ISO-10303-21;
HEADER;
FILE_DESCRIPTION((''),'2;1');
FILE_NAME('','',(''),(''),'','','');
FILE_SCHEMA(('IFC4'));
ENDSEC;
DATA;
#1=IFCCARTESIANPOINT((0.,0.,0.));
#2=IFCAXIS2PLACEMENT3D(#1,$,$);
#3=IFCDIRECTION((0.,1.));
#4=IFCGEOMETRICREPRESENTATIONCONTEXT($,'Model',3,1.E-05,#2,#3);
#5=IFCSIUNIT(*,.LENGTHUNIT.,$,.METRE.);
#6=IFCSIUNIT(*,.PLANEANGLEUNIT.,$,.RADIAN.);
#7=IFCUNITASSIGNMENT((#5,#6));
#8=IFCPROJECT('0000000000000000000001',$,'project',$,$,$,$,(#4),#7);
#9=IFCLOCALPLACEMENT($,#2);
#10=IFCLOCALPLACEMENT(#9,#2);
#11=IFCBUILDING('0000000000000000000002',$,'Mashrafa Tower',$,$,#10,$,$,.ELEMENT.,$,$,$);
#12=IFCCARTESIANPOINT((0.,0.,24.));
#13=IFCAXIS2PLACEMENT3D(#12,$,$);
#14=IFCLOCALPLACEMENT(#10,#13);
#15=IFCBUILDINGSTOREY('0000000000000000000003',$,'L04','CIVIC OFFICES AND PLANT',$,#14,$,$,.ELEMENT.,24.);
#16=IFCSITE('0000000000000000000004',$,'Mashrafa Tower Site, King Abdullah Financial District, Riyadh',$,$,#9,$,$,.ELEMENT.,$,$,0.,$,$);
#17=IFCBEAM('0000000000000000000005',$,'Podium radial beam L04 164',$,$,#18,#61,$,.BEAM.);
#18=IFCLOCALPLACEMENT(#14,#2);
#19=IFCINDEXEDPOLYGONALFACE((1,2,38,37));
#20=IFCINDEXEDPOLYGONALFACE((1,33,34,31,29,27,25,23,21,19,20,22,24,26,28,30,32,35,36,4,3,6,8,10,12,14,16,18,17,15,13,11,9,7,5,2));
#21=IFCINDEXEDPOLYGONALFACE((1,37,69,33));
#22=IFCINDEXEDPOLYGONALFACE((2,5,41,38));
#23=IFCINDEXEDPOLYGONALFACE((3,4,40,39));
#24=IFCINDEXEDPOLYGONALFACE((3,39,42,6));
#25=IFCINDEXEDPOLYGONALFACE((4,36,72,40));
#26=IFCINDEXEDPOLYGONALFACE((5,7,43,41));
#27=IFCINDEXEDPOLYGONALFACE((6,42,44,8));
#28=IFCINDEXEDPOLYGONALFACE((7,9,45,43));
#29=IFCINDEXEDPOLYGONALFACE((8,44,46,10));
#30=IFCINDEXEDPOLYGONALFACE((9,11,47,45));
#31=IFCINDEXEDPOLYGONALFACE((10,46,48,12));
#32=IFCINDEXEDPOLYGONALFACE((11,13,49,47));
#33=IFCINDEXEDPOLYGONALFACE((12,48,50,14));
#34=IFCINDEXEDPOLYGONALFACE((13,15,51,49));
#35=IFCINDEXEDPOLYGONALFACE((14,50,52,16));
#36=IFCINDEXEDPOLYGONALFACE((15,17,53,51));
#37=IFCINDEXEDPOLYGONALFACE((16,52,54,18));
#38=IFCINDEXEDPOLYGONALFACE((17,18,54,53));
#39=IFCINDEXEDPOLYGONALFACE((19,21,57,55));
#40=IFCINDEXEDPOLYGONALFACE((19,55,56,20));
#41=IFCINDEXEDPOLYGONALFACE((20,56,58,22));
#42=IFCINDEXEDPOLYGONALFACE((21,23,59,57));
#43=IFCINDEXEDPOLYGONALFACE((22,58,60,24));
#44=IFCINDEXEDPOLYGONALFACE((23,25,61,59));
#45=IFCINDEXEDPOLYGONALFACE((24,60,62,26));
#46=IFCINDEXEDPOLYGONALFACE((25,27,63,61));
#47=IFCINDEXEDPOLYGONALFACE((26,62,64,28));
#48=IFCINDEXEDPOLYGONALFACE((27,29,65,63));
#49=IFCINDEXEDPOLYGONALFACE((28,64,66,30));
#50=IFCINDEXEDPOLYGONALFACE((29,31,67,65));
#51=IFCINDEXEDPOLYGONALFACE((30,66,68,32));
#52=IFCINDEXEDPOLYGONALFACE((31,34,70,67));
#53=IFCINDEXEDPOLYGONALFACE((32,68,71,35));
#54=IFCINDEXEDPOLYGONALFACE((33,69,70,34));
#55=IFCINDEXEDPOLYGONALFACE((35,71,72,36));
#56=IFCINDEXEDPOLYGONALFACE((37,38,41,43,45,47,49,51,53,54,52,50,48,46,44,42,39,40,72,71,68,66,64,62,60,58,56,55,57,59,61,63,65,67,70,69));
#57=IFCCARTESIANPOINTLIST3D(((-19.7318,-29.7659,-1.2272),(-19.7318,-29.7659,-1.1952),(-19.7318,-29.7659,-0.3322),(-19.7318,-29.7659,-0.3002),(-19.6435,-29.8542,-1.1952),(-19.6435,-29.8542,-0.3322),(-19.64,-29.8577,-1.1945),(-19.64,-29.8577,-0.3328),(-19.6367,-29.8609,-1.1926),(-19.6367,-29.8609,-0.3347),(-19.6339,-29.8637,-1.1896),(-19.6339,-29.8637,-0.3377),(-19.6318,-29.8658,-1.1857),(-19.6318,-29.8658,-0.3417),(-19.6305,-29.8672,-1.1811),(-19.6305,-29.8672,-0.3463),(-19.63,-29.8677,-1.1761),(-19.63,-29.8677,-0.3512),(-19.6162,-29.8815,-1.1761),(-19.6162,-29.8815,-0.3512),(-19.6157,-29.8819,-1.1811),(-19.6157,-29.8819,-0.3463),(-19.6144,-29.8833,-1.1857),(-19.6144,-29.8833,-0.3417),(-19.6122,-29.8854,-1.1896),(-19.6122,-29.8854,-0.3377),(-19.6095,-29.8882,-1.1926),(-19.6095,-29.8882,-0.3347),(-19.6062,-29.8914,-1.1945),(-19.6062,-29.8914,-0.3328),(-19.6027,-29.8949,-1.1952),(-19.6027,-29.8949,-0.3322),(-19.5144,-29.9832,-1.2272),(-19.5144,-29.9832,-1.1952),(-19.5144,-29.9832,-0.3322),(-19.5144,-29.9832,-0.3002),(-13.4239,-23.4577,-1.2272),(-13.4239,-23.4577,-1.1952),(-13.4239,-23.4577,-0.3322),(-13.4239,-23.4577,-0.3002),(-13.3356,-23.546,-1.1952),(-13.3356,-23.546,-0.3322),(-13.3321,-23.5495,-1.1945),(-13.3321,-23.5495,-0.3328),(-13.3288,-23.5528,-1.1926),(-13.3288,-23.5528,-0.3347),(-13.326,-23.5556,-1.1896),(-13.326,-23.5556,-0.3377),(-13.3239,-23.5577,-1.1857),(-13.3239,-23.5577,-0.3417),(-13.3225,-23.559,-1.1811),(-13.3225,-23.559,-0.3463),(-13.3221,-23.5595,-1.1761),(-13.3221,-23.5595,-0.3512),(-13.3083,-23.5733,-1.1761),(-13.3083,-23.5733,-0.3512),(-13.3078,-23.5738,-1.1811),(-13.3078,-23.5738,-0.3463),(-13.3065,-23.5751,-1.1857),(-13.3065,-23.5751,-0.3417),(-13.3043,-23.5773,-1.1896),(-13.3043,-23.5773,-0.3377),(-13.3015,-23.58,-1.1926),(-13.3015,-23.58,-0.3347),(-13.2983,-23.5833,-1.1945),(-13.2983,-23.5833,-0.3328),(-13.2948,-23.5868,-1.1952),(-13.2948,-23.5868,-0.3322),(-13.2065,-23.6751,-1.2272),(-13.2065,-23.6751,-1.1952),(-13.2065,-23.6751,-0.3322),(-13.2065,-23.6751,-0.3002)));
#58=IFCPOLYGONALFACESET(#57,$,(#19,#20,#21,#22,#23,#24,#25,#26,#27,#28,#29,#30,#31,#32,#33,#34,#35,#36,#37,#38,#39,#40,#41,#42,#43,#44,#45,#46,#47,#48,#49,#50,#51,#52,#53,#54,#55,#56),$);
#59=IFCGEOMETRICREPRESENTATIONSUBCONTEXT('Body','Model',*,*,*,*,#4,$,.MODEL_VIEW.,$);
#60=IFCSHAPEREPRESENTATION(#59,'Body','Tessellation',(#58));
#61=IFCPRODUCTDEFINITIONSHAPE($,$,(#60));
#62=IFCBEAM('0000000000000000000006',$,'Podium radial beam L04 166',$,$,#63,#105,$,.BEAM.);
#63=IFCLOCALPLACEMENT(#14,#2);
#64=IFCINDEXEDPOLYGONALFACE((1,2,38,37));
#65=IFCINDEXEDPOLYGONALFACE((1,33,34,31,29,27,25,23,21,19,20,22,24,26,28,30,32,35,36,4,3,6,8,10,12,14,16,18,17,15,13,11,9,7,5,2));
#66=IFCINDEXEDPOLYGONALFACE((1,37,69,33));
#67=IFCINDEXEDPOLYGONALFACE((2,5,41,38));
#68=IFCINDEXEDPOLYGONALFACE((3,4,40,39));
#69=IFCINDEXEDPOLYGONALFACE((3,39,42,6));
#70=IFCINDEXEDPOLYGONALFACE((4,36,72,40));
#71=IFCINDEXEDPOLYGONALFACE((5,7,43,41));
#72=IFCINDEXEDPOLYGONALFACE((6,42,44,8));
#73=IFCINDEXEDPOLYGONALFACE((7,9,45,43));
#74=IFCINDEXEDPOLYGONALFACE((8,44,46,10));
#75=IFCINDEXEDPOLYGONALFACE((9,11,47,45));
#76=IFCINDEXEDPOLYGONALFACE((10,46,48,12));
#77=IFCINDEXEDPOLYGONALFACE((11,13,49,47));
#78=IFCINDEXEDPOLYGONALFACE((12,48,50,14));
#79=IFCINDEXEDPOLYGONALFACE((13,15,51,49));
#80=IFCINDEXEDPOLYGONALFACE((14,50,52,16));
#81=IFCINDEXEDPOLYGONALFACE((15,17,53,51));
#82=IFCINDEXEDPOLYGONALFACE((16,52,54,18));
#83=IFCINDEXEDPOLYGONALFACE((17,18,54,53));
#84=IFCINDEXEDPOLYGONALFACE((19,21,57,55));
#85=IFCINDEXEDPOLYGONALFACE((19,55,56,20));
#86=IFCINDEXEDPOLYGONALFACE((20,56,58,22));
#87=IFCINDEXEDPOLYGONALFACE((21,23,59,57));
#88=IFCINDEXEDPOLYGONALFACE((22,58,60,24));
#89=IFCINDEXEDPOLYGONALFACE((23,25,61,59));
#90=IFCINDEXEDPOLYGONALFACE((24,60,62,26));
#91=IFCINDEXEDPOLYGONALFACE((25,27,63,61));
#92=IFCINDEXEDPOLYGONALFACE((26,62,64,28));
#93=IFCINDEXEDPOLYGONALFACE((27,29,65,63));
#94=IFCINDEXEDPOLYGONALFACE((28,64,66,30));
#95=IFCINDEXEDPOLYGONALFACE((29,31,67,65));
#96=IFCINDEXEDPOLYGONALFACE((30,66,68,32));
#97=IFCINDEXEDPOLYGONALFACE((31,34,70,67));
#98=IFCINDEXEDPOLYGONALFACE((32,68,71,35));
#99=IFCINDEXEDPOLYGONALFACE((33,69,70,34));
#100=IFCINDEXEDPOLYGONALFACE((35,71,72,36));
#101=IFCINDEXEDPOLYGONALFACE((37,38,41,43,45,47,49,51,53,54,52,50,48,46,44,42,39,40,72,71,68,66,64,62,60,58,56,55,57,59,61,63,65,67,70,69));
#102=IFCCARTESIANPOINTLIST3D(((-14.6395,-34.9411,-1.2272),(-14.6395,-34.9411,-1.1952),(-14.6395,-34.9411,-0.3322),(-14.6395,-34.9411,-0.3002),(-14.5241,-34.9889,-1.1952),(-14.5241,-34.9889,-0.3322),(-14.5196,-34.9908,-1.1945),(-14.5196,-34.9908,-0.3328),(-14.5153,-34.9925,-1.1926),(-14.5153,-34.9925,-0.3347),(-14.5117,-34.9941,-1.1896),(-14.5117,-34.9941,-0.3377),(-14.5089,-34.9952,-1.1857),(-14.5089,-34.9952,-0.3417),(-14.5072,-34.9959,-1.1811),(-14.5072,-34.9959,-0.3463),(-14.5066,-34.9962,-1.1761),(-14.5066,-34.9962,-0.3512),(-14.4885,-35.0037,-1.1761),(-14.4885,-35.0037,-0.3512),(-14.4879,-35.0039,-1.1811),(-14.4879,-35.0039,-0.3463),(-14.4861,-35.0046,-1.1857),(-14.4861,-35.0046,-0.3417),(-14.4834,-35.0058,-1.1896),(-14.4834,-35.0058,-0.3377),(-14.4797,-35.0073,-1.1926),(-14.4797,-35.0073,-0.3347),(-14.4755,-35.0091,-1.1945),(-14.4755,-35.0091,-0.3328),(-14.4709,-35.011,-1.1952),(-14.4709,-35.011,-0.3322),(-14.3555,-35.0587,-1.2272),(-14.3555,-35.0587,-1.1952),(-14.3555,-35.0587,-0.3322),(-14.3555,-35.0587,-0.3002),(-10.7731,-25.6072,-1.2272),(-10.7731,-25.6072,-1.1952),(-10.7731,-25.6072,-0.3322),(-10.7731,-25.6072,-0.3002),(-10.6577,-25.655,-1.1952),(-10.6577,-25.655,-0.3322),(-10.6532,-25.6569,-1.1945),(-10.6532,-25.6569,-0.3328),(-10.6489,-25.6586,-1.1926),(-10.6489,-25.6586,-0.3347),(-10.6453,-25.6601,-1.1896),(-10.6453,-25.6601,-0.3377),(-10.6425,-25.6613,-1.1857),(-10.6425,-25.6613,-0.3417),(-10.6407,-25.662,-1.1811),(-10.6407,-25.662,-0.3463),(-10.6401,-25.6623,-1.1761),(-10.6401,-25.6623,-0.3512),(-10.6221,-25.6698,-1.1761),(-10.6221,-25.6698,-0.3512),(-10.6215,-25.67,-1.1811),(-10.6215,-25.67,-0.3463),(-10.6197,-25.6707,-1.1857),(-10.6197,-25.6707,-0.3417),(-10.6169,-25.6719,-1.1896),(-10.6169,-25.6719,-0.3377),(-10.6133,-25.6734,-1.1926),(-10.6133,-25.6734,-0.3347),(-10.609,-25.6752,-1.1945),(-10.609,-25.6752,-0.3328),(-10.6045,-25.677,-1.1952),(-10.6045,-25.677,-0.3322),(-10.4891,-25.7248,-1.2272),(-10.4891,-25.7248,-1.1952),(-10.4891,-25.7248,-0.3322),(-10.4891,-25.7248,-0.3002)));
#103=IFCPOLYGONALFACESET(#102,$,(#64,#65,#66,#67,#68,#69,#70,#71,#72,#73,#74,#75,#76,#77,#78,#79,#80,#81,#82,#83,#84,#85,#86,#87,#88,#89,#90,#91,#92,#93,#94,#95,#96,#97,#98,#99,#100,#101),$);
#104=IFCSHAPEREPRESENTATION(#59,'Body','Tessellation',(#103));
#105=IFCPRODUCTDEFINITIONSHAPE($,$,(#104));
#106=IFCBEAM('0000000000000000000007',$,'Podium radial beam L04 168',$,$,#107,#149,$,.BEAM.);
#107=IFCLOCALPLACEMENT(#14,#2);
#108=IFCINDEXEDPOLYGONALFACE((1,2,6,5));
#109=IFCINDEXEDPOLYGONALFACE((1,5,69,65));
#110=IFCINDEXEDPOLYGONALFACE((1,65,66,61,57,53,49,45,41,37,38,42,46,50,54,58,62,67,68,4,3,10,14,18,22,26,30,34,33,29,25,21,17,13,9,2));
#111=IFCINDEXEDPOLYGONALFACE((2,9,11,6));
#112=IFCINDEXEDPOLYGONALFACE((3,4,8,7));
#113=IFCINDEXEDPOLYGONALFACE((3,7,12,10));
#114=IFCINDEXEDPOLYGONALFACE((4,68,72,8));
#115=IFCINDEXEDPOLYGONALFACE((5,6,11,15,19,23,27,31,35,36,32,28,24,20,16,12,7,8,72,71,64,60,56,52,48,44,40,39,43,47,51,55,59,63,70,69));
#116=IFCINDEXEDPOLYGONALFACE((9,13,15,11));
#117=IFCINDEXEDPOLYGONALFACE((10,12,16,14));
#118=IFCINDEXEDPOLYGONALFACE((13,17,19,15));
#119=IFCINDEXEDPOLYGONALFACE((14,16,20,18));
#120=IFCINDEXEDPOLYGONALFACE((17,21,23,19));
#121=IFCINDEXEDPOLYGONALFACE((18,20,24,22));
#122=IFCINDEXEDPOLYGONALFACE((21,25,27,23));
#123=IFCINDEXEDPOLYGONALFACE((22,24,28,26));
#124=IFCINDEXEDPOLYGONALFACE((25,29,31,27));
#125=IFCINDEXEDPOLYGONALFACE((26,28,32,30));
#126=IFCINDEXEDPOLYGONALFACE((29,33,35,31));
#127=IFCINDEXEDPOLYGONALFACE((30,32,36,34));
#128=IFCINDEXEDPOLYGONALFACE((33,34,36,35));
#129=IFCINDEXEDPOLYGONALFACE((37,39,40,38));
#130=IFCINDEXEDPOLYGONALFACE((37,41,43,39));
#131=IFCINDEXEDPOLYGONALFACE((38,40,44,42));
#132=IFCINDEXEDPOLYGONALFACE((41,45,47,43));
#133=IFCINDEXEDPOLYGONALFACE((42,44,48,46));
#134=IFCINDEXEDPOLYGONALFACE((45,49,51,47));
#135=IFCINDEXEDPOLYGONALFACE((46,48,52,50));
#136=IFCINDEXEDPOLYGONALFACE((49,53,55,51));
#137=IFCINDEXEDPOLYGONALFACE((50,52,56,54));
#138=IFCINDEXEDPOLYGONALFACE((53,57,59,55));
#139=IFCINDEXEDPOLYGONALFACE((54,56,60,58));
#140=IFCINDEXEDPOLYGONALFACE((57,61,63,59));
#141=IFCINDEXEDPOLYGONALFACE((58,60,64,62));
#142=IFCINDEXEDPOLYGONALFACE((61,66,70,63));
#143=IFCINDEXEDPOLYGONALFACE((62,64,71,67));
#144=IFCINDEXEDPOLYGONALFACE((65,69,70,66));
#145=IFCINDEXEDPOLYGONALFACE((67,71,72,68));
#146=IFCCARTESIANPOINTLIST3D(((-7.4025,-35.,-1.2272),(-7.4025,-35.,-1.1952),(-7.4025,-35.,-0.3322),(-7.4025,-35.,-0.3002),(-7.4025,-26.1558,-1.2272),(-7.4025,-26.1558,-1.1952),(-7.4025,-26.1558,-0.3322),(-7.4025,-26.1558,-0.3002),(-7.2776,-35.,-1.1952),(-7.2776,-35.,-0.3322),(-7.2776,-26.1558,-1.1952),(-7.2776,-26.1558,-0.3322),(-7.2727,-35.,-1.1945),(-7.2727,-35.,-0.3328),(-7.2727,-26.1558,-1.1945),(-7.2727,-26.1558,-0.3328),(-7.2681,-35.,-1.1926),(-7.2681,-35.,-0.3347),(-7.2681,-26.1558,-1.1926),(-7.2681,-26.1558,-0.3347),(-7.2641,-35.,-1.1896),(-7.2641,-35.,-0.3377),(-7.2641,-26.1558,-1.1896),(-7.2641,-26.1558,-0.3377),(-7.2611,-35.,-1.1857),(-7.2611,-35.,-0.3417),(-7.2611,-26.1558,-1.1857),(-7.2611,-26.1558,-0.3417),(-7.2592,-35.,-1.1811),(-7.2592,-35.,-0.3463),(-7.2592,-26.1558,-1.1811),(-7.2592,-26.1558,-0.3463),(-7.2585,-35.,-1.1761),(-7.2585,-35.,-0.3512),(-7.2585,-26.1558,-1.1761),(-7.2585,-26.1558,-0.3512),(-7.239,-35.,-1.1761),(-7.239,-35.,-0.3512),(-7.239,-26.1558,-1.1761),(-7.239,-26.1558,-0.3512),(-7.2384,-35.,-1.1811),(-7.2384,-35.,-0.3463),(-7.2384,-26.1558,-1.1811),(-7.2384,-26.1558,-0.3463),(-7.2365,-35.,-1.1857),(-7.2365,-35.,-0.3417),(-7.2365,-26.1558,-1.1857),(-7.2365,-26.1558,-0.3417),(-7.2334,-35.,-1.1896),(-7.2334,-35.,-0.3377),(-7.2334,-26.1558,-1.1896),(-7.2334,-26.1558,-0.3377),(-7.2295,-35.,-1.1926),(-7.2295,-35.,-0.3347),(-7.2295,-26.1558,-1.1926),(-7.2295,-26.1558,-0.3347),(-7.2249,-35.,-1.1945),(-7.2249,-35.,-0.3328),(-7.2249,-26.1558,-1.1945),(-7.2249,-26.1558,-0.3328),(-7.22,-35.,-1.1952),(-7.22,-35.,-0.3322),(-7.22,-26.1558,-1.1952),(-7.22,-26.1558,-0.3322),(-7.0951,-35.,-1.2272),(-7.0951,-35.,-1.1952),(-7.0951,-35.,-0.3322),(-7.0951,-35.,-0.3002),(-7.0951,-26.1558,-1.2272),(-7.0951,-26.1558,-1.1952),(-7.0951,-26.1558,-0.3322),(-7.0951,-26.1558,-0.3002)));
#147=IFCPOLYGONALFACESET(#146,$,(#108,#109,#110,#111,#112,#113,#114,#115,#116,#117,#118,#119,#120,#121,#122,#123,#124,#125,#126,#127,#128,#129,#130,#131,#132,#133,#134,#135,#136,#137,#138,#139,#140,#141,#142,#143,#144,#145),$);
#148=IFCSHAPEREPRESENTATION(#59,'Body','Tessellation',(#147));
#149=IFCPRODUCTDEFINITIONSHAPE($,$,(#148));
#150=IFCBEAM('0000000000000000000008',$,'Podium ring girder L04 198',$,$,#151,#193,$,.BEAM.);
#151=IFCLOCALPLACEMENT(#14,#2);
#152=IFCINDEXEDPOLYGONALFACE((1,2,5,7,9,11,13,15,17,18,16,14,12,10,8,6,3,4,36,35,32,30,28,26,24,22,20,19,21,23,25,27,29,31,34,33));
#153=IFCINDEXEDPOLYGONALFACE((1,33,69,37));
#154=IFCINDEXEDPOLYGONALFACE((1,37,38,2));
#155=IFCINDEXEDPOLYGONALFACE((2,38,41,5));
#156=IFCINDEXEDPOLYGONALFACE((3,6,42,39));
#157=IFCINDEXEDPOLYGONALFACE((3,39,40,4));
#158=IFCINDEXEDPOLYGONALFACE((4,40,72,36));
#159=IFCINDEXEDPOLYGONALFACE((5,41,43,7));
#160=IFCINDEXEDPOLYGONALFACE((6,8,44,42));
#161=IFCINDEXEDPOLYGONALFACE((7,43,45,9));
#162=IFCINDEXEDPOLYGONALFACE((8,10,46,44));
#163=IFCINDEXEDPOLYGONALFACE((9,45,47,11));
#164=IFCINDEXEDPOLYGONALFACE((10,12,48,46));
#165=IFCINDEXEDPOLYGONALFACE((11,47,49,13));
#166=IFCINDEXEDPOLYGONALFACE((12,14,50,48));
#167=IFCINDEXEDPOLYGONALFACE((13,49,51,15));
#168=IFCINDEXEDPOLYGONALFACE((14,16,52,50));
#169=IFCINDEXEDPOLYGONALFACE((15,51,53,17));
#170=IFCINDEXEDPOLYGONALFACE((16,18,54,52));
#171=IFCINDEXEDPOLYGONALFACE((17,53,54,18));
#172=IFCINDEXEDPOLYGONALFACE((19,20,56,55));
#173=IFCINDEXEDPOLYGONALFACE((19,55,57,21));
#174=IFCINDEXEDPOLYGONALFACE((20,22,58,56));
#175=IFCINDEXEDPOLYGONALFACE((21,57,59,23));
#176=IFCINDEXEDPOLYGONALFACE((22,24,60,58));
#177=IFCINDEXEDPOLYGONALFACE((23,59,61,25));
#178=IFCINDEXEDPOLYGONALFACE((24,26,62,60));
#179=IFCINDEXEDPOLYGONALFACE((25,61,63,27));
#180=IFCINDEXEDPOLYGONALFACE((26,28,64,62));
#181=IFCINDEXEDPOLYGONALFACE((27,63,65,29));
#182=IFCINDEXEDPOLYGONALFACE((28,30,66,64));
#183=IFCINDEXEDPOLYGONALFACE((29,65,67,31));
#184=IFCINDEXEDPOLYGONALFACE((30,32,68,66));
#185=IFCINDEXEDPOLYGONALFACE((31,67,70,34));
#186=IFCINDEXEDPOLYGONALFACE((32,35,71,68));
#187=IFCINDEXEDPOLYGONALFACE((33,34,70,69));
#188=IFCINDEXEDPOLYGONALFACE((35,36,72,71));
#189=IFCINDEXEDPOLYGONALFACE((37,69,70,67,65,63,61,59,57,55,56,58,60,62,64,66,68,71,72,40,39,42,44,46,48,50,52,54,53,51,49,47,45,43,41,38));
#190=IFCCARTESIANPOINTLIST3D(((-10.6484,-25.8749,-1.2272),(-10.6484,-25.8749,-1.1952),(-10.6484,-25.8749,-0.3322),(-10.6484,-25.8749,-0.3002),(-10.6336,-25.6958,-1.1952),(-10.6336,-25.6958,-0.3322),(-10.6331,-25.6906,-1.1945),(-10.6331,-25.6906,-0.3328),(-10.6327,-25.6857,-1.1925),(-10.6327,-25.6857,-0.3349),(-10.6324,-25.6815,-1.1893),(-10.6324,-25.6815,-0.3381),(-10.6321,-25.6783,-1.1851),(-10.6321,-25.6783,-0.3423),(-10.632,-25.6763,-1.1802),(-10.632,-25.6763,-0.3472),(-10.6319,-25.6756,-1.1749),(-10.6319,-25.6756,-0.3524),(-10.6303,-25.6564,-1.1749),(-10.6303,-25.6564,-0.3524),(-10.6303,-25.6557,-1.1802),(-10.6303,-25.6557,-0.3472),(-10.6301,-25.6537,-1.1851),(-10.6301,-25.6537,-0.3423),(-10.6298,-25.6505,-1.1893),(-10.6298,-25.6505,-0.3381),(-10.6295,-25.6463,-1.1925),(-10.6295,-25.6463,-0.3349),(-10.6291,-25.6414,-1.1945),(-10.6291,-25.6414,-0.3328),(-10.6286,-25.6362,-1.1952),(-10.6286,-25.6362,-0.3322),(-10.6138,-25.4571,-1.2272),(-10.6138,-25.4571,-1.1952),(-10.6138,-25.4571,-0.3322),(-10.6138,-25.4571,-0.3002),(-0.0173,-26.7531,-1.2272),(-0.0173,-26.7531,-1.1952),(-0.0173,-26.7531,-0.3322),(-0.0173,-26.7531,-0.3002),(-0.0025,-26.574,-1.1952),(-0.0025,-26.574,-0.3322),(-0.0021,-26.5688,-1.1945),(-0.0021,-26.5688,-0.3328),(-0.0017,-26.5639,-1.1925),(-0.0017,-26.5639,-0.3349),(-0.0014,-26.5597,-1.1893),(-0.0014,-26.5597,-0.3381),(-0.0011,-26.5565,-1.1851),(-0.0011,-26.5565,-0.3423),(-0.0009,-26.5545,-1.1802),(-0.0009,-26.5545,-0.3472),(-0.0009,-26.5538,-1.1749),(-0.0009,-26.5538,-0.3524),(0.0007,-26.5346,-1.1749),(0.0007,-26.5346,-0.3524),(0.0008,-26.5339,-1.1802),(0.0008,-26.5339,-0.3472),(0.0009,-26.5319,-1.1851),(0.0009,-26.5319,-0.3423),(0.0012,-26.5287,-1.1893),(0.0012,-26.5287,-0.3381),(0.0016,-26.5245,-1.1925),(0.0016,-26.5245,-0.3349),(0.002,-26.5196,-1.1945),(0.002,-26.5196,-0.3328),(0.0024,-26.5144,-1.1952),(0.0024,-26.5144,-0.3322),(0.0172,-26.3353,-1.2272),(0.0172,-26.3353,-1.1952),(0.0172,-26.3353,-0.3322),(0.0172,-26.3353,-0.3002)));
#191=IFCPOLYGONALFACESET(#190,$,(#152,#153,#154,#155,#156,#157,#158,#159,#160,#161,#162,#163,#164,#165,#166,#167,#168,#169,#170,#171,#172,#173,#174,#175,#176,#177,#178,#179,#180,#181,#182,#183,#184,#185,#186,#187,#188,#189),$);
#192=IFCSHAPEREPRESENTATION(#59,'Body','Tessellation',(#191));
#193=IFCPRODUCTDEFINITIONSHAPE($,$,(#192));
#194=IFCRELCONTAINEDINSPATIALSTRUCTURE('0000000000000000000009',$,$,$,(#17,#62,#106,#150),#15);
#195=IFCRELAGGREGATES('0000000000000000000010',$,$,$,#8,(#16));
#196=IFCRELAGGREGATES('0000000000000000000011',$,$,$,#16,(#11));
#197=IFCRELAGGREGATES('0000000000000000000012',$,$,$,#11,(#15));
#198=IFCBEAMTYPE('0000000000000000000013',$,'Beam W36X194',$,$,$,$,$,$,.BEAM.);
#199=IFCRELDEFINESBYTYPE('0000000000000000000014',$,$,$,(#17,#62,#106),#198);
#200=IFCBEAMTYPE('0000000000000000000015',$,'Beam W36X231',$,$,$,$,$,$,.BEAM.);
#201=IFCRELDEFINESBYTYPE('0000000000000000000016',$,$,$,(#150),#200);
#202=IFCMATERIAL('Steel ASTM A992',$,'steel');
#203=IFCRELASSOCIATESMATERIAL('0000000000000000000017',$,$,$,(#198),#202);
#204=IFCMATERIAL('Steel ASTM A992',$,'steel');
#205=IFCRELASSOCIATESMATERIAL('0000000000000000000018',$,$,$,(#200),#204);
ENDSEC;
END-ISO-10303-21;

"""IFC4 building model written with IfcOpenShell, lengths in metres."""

from ifc_helpers import new_model, si_unit, direction, frame, origin, origin_2d, place, context, subcontext, project, spatial, i_section, extrude, material, material_profile, profile_set, type_object, element, save


model = new_model("IFC4")

# Units and contexts
model_context = context("Model", 3, precision=1e-05, world=origin(), true_north=direction((0.0, 1.0)))
body_context = subcontext(model_context, "Body", "Model", "MODEL_VIEW")
ifc_project = project(units=[si_unit("LENGTHUNIT", "METRE"), si_unit("PLANEANGLEUNIT", "RADIAN")], contexts=[model_context])

# Site, building, storey
site_placement = place(None, origin())
site = spatial("IfcSite", under=ifc_project, at=site_placement, Name="Mashrafa Tower Site, King Abdullah Financial District, Riyadh", CompositionType="ELEMENT", RefElevation=0.0)
building_placement = place(site_placement, origin())
building = spatial("IfcBuilding", under=site, at=building_placement, Name="Mashrafa Tower", CompositionType="ELEMENT")
storey_placement = place(building_placement, frame((0.0, 0.0, 24.0)))
storey = spatial("IfcBuildingStorey", under=building, at=storey_placement, Name="L04", Description="CIVIC OFFICES AND PLANT", CompositionType="ELEMENT", Elevation=24.0)

# Beams
ifc_material_1 = material(Name="Steel ASTM A992", Category="steel")
ifc_material_profile_1 = material_profile(ifc_material_1, i_section(OverallWidth=0.3074, OverallDepth=0.927, WebThickness=0.0195, FlangeThickness=0.032, FilletRadius=0.019, at=origin_2d()), Name="W36X194")
ifc_profile_set_1 = profile_set([ifc_material_profile_1], Name="Steel ASTM A992")
beam_type_1 = type_object("IfcBeamType", Name="Beam W36X194", PredefinedType="BEAM", material=ifc_profile_set_1)
beam_1_placement = place(storey_placement, frame((-13.3152, -23.5664, -0.7637), z_axis=(-0.707093, -0.70712, 0.0), x_axis=(0.70712, -0.707093, 0.0)))
element("IfcBeam", 1, at=beam_1_placement, inside=storey, type_object=beam_type_1, Name="Podium radial beam L04 164", PredefinedType="BEAM", context=body_context, shape_type="SweptSolid", body=[
    extrude(i_section(OverallWidth=0.3074, OverallDepth=0.927, WebThickness=0.0195, FlangeThickness=0.032, FilletRadius=0.019, at=origin_2d()), origin(), (0.0, 0.0, 1.0), 8.9209),
])
beam_2_placement = place(storey_placement, frame((-10.6311, -25.666, -0.7637), z_axis=(-0.3827, -0.923873, 0.0), x_axis=(0.923873, -0.3827, 0.0)))
element("IfcBeam", 2, at=beam_2_placement, inside=storey, type_object=beam_type_1, Name="Podium radial beam L04 166", PredefinedType="BEAM", context=body_context, shape_type="SweptSolid", body=[
    extrude(i_section(OverallWidth=0.3074, OverallDepth=0.927, WebThickness=0.0195, FlangeThickness=0.032, FilletRadius=0.019, at=origin_2d()), origin(), (0.0, 0.0, 1.0), 10.103),
])
beam_3_placement = place(storey_placement, frame((-7.2488, -26.1558, -0.7637), z_axis=(0.0, -1.0, 0.0), x_axis=(1.0, 0.0, 0.0)))
element("IfcBeam", 3, at=beam_3_placement, inside=storey, type_object=beam_type_1, Name="Podium radial beam L04 168", PredefinedType="BEAM", context=body_context, shape_type="SweptSolid", body=[
    extrude(i_section(OverallWidth=0.3074, OverallDepth=0.927, WebThickness=0.0195, FlangeThickness=0.032, FilletRadius=0.019, at=origin_2d()), origin(), (0.0, 0.0, 1.0), 8.8442),
])
ifc_material_2 = material(Name="Steel ASTM A992", Category="steel")
ifc_material_profile_2 = material_profile(ifc_material_2, i_section(OverallWidth=0.4192, OverallDepth=0.927, WebThickness=0.0193, FlangeThickness=0.032, FilletRadius=0.0203, at=origin_2d()), Name="W36X231")
ifc_profile_set_2 = profile_set([ifc_material_profile_2], Name="Steel ASTM A992")
beam_type_2 = type_object("IfcBeamType", Name="Beam W36X231", PredefinedType="BEAM", material=ifc_profile_set_2)
beam_4_placement = place(storey_placement, frame((-10.6311, -25.666, -0.7637), z_axis=(0.996606, -0.082324, 0.0), x_axis=(0.082324, 0.996606, 0.0)))
element("IfcBeam", 4, at=beam_4_placement, inside=storey, type_object=beam_type_2, Name="Podium ring girder L04 198", PredefinedType="BEAM", context=body_context, shape_type="SweptSolid", body=[
    extrude(i_section(OverallWidth=0.4192, OverallDepth=0.927, WebThickness=0.0193, FlangeThickness=0.032, FilletRadius=0.0203, at=origin_2d()), origin(), (0.0, 0.0, 1.0), 10.6672),
])

save(model, "model.ifc")
